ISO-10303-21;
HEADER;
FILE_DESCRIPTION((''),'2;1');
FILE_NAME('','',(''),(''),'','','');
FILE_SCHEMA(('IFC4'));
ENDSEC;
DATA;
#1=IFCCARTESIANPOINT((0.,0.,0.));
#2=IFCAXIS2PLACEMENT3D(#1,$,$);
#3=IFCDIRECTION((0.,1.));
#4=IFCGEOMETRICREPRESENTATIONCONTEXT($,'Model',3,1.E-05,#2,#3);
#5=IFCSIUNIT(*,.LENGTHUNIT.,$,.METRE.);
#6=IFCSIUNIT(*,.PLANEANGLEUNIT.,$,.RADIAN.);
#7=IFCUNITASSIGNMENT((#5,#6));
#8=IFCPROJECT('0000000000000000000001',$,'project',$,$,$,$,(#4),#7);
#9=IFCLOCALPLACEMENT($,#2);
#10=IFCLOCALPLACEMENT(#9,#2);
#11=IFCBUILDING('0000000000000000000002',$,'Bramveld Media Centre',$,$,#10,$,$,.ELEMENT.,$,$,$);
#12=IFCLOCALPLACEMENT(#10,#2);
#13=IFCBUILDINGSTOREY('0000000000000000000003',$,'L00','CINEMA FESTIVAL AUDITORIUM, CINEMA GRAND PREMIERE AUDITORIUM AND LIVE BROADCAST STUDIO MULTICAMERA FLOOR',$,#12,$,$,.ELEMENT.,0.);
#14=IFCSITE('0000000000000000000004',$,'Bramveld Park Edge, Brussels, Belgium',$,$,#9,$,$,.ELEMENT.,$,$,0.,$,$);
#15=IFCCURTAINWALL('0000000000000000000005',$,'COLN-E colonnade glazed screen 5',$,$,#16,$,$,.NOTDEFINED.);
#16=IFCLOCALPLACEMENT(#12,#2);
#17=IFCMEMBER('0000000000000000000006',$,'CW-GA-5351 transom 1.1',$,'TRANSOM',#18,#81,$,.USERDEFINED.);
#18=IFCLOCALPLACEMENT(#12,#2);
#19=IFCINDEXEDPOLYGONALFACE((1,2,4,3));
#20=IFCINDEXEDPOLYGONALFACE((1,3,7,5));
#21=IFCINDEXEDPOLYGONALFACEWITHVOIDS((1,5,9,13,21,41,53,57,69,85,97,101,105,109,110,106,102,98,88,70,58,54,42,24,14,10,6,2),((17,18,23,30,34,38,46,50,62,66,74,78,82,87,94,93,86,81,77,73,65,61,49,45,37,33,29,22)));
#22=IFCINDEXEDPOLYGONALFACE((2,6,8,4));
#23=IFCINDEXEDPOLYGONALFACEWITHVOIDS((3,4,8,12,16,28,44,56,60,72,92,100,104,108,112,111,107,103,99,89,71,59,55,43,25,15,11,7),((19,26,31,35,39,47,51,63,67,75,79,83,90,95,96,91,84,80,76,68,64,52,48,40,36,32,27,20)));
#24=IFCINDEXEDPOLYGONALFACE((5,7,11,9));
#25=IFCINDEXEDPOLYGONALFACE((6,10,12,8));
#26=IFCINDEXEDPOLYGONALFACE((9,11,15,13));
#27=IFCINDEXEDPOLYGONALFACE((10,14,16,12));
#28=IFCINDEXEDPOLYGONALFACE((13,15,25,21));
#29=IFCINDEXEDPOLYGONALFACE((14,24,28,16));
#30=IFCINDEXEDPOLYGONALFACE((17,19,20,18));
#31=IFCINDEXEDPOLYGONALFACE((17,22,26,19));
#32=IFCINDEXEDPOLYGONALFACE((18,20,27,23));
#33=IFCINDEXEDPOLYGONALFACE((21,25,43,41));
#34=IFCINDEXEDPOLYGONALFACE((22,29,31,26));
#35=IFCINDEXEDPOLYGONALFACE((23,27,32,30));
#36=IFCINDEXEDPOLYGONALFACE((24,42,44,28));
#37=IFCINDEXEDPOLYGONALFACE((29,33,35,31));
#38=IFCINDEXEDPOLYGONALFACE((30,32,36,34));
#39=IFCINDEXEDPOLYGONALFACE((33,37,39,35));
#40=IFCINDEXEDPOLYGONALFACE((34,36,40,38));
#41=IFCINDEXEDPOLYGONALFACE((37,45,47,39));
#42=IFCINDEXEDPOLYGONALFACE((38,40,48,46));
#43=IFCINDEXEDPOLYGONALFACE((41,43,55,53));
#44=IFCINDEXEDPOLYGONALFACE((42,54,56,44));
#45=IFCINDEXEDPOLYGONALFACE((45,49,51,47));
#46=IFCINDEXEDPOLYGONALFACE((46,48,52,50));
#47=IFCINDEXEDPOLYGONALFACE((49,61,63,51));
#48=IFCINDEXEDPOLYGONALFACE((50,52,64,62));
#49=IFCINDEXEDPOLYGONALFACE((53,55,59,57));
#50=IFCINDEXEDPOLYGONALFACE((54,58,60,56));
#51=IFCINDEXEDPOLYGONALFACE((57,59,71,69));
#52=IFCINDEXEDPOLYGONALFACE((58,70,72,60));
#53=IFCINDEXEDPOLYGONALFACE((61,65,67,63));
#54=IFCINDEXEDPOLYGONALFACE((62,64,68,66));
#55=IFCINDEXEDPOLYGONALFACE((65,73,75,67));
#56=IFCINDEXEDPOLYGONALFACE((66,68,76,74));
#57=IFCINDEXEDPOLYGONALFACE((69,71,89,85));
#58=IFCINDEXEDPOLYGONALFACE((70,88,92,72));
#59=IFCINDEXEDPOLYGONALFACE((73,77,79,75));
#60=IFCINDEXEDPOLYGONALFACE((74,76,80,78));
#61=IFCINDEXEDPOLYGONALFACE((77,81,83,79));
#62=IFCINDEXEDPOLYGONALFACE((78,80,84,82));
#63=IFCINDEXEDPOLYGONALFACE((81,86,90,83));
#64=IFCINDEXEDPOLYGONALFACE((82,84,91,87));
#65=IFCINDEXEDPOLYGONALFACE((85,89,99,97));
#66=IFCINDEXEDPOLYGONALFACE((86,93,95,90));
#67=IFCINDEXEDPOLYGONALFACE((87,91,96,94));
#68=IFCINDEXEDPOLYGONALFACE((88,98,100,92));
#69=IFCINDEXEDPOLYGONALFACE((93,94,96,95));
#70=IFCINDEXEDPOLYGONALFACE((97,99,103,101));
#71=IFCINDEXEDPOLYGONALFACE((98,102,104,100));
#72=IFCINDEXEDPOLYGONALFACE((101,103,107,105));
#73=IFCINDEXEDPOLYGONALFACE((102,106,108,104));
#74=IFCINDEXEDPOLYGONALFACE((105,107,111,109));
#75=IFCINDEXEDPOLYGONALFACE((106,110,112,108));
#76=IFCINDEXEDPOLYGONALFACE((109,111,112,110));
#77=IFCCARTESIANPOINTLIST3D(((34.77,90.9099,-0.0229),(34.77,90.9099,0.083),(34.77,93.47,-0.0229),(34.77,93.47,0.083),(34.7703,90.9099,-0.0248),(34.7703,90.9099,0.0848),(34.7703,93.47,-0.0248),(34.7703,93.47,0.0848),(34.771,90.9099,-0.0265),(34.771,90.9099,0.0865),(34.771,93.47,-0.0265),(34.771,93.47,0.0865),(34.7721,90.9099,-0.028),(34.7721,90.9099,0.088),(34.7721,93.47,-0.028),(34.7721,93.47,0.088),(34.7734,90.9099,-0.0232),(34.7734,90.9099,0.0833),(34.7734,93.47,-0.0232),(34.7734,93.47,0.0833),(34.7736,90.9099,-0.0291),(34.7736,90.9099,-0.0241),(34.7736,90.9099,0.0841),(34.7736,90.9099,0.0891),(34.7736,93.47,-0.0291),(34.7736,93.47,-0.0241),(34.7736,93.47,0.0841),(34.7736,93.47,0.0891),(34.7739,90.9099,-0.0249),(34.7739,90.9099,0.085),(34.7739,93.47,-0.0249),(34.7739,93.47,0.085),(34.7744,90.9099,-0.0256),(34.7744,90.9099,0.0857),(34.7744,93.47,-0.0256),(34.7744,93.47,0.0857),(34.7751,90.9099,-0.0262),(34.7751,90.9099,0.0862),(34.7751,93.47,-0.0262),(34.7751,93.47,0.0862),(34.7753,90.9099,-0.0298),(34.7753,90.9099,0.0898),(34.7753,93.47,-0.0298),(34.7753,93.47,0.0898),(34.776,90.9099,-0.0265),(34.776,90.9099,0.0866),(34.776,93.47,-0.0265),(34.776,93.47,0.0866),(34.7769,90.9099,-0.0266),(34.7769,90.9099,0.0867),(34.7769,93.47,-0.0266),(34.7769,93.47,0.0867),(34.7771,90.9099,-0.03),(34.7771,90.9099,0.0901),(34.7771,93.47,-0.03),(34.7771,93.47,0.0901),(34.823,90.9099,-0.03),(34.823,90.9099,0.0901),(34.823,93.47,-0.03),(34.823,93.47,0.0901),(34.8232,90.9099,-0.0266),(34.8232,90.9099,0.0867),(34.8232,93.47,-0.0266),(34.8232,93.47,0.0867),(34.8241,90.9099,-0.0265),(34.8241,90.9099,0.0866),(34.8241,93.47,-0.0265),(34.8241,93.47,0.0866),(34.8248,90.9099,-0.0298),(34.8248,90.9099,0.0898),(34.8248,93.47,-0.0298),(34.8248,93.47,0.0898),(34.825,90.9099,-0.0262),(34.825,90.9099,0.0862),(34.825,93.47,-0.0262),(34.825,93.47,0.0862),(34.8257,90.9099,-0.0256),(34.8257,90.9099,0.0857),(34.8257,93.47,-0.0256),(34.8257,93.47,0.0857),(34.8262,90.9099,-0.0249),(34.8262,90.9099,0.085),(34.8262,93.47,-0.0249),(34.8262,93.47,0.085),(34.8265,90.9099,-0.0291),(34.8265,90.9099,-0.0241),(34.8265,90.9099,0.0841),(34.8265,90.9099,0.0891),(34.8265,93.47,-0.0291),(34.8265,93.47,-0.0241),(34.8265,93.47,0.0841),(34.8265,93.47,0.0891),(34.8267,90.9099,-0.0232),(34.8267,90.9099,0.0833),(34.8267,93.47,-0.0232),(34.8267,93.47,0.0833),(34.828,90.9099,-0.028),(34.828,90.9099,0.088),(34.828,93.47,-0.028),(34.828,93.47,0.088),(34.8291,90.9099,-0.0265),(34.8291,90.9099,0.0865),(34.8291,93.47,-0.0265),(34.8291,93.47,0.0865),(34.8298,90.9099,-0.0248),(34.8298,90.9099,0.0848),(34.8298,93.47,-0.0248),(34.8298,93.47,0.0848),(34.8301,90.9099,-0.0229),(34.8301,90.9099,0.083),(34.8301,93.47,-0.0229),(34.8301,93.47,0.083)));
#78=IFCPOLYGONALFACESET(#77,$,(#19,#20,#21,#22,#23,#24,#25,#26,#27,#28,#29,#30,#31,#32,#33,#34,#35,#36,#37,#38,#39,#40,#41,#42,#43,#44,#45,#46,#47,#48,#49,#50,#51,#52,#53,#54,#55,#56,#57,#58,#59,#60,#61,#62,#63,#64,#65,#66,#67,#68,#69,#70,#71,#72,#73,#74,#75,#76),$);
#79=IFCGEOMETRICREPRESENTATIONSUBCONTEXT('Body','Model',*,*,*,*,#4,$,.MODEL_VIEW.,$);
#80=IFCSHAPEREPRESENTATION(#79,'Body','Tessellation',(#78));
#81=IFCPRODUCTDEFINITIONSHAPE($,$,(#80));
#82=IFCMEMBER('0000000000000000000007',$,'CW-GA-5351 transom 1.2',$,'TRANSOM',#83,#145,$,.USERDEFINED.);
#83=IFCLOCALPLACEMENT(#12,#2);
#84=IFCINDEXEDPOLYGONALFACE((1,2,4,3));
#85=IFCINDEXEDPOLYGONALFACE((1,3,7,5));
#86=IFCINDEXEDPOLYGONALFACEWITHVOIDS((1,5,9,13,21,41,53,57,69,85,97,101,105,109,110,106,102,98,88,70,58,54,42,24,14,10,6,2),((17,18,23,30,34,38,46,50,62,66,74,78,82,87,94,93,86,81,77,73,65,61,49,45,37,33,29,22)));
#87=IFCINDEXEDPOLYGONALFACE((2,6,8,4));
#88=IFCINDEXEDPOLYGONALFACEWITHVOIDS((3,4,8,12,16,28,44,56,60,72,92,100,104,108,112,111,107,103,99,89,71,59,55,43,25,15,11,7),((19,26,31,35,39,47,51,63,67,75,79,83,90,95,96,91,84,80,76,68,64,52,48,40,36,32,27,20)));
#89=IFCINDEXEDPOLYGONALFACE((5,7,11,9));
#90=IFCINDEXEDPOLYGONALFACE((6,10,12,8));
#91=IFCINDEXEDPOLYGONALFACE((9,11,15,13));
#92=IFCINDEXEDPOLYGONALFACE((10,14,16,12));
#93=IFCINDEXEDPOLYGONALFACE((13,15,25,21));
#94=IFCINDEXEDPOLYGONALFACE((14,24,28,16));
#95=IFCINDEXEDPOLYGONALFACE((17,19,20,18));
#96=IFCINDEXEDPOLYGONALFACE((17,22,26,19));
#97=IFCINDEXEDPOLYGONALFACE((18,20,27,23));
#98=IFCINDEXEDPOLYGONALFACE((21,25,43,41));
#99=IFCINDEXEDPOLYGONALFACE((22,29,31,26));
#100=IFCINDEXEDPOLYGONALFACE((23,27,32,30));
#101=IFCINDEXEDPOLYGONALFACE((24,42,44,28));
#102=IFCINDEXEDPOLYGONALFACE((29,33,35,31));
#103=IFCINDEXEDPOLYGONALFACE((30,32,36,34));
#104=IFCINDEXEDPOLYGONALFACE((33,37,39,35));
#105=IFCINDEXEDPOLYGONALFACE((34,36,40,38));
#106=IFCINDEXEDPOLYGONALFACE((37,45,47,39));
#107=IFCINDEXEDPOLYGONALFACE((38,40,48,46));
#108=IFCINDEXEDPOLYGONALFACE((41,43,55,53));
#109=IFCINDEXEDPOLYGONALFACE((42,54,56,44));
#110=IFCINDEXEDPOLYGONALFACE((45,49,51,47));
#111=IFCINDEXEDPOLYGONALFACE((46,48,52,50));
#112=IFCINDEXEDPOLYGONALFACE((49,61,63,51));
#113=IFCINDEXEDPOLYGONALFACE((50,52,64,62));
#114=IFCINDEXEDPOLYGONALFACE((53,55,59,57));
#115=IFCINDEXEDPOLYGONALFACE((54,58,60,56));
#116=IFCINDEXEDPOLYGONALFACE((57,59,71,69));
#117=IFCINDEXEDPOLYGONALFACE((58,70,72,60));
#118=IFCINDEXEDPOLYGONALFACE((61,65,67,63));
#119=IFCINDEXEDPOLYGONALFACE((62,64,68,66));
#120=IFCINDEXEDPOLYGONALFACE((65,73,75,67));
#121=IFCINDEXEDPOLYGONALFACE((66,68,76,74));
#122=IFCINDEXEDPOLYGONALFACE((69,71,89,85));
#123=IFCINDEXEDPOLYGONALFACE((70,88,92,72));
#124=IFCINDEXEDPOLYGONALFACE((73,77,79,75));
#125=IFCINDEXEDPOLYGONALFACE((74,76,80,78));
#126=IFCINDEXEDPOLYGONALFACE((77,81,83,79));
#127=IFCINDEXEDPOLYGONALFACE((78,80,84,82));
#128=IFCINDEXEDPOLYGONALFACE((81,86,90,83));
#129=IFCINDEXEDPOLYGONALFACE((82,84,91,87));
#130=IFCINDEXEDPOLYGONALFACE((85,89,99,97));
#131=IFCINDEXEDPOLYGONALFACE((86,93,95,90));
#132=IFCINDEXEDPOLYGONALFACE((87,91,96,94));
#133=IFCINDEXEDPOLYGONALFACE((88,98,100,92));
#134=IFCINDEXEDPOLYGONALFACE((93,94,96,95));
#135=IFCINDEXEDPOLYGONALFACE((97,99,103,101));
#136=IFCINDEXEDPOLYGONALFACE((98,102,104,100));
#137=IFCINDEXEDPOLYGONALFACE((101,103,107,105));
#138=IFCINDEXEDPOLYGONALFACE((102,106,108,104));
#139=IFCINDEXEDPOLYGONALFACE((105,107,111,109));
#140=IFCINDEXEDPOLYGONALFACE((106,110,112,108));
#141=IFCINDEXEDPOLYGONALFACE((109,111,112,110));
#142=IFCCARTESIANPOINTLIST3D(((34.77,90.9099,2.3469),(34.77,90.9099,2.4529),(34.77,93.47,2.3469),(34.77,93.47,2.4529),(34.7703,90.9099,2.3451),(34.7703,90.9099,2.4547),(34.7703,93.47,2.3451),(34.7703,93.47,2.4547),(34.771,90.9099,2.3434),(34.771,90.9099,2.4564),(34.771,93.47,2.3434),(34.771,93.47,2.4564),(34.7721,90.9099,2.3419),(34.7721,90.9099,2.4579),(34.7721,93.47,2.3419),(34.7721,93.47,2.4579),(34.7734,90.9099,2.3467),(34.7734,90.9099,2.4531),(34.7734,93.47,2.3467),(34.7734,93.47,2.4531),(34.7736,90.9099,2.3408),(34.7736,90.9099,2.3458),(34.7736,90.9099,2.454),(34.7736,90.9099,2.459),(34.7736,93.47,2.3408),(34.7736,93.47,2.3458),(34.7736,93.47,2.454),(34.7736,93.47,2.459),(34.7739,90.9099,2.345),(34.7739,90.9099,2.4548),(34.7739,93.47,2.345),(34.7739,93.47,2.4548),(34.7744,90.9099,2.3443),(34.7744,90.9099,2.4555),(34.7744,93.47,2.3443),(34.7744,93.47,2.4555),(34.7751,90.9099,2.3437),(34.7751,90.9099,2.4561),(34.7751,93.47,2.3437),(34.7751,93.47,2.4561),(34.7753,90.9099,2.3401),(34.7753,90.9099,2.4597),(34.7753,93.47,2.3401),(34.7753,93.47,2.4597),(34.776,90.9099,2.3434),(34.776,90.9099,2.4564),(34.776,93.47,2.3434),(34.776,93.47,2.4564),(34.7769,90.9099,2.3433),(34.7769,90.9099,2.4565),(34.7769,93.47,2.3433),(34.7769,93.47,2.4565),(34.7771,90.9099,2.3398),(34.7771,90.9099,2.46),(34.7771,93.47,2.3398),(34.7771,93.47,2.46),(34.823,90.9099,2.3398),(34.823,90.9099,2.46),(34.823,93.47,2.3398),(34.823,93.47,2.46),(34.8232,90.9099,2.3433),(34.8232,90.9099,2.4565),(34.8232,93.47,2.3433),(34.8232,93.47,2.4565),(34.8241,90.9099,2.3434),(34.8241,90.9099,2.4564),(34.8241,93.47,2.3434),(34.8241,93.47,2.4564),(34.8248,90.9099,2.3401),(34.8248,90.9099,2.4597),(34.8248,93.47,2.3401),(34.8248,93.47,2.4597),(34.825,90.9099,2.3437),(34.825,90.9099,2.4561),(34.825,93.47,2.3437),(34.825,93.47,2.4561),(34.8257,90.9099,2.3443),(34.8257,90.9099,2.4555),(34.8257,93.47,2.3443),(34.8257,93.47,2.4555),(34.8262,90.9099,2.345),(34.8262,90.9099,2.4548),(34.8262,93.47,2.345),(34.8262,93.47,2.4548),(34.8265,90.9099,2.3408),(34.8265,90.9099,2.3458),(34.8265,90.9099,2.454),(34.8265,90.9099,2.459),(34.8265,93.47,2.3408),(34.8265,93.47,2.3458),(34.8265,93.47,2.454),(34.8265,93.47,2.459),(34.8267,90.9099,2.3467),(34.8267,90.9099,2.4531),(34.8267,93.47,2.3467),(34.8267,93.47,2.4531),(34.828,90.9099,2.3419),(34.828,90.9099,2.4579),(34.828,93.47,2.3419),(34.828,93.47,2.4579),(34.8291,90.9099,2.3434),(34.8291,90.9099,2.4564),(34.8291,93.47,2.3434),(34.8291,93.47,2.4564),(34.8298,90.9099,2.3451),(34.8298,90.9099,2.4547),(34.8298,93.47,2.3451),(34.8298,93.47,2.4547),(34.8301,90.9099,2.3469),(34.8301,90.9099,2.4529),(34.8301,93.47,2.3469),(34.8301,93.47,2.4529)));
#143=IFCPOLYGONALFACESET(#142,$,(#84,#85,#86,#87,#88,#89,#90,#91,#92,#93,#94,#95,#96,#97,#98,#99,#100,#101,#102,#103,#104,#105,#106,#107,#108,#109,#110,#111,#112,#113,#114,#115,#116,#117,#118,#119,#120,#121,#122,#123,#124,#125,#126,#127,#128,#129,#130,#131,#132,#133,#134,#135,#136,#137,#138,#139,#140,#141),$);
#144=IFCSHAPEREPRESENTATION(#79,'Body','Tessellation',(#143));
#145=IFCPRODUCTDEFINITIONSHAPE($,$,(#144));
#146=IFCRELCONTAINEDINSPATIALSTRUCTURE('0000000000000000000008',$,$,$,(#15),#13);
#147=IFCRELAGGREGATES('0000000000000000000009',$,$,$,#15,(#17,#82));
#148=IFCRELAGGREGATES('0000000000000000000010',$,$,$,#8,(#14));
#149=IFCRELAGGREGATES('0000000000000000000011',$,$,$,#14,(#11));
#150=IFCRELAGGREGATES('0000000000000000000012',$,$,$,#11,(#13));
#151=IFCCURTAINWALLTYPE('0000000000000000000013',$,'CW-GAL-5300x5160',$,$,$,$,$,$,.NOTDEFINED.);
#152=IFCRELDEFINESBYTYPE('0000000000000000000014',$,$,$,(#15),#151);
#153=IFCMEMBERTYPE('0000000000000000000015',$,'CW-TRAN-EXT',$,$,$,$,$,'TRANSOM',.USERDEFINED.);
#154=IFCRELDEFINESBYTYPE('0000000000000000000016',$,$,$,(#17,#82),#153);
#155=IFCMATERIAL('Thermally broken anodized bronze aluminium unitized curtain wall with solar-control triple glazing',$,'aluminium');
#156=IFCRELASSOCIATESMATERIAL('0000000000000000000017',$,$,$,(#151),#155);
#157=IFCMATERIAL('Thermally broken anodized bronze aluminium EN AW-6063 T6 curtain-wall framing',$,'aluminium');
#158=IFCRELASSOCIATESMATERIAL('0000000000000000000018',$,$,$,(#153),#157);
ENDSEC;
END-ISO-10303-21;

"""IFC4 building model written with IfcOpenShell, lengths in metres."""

from ifc_helpers import new_model, si_unit, direction, frame, origin, origin_2d, place, context, subcontext, project, spatial, hollow_rectangle, extrude, material, material_profile, profile_set, type_object, element, aggregate, save


model = new_model("IFC4")

# Units and contexts
model_context = context("Model", 3, precision=1e-05, world=origin(), true_north=direction((0.0, 1.0)))
body_context = subcontext(model_context, "Body", "Model", "MODEL_VIEW")
ifc_project = project(units=[si_unit("LENGTHUNIT", "METRE"), si_unit("PLANEANGLEUNIT", "RADIAN")], contexts=[model_context])

# Site, building, storey
site_placement = place(None, origin())
site = spatial("IfcSite", under=ifc_project, at=site_placement, Name="Bramveld Park Edge, Brussels, Belgium", CompositionType="ELEMENT", RefElevation=0.0)
building_placement = place(site_placement, origin())
building = spatial("IfcBuilding", under=site, at=building_placement, Name="Bramveld Media Centre", CompositionType="ELEMENT")
storey_placement = place(building_placement, origin())
storey = spatial("IfcBuildingStorey", under=building, at=storey_placement, Name="L00", Description="CINEMA FESTIVAL AUDITORIUM, CINEMA GRAND PREMIERE AUDITORIUM AND LIVE BROADCAST STUDIO MULTICAMERA FLOOR", CompositionType="ELEMENT", Elevation=0.0)

# Curtain wall
ifc_material_1 = material(Name="Thermally broken anodized bronze aluminium unitized curtain wall with solar-control triple glazing", Category="aluminium")
curtain_wall_type_1 = type_object("IfcCurtainWallType", Name="CW-GAL-5300x5160", PredefinedType="NOTDEFINED", material=ifc_material_1)
curtain_wall_1_placement = place(storey_placement, origin())
curtain_wall_1 = element("IfcCurtainWall", 1, at=curtain_wall_1_placement, inside=storey, type_object=curtain_wall_type_1, Name="COLN-E colonnade glazed screen 5", PredefinedType="NOTDEFINED")

# Members
ifc_material_2 = material(Name="Thermally broken anodized bronze aluminium EN AW-6063 T6 curtain-wall framing", Category="aluminium")
ifc_material_profile_1 = material_profile(ifc_material_2, hollow_rectangle(XDim=0.0601, YDim=0.1201, WallThickness=0.0034, InnerFilletRadius=0.0034, OuterFilletRadius=0.0071, at=origin_2d()), Name="AL-TRAN 60x120")
ifc_profile_set_1 = profile_set([ifc_material_profile_1], Name="Thermally broken anodized bronze aluminium EN AW-6063 T6 curtain-wall framing")
member_type_1 = type_object("IfcMemberType", Name="CW-TRAN-EXT", ElementType="TRANSOM", PredefinedType="USERDEFINED", material=ifc_profile_set_1)
member_1_placement = place(storey_placement, frame((34.8, 90.9099, 0.03), z_axis=(0.0, 1.0, 0.0), x_axis=(-1.0, 0.0, 0.0)))
member_1 = element("IfcMember", 2, at=member_1_placement, type_object=member_type_1, Name="CW-GA-5351 transom 1.1", ObjectType="TRANSOM", PredefinedType="USERDEFINED", context=body_context, shape_type="SweptSolid", body=[
    extrude(hollow_rectangle(XDim=0.0601, YDim=0.1201, WallThickness=0.0034, InnerFilletRadius=0.0034, OuterFilletRadius=0.0071, at=origin_2d()), origin(), (0.0, 0.0, 1.0), 2.5601),
])
member_2_placement = place(storey_placement, frame((34.8, 90.9099, 2.3999), z_axis=(0.0, 1.0, 0.0), x_axis=(-1.0, 0.0, 0.0)))
member_2 = element("IfcMember", 3, at=member_2_placement, type_object=member_type_1, Name="CW-GA-5351 transom 1.2", ObjectType="TRANSOM", PredefinedType="USERDEFINED", context=body_context, shape_type="SweptSolid", body=[
    extrude(hollow_rectangle(XDim=0.0601, YDim=0.1201, WallThickness=0.0034, InnerFilletRadius=0.0034, OuterFilletRadius=0.0071, at=origin_2d()), origin(), (0.0, 0.0, 1.0), 2.5601),
])

aggregate(curtain_wall_1, [member_1, member_2])

save(model, "model.ifc")
